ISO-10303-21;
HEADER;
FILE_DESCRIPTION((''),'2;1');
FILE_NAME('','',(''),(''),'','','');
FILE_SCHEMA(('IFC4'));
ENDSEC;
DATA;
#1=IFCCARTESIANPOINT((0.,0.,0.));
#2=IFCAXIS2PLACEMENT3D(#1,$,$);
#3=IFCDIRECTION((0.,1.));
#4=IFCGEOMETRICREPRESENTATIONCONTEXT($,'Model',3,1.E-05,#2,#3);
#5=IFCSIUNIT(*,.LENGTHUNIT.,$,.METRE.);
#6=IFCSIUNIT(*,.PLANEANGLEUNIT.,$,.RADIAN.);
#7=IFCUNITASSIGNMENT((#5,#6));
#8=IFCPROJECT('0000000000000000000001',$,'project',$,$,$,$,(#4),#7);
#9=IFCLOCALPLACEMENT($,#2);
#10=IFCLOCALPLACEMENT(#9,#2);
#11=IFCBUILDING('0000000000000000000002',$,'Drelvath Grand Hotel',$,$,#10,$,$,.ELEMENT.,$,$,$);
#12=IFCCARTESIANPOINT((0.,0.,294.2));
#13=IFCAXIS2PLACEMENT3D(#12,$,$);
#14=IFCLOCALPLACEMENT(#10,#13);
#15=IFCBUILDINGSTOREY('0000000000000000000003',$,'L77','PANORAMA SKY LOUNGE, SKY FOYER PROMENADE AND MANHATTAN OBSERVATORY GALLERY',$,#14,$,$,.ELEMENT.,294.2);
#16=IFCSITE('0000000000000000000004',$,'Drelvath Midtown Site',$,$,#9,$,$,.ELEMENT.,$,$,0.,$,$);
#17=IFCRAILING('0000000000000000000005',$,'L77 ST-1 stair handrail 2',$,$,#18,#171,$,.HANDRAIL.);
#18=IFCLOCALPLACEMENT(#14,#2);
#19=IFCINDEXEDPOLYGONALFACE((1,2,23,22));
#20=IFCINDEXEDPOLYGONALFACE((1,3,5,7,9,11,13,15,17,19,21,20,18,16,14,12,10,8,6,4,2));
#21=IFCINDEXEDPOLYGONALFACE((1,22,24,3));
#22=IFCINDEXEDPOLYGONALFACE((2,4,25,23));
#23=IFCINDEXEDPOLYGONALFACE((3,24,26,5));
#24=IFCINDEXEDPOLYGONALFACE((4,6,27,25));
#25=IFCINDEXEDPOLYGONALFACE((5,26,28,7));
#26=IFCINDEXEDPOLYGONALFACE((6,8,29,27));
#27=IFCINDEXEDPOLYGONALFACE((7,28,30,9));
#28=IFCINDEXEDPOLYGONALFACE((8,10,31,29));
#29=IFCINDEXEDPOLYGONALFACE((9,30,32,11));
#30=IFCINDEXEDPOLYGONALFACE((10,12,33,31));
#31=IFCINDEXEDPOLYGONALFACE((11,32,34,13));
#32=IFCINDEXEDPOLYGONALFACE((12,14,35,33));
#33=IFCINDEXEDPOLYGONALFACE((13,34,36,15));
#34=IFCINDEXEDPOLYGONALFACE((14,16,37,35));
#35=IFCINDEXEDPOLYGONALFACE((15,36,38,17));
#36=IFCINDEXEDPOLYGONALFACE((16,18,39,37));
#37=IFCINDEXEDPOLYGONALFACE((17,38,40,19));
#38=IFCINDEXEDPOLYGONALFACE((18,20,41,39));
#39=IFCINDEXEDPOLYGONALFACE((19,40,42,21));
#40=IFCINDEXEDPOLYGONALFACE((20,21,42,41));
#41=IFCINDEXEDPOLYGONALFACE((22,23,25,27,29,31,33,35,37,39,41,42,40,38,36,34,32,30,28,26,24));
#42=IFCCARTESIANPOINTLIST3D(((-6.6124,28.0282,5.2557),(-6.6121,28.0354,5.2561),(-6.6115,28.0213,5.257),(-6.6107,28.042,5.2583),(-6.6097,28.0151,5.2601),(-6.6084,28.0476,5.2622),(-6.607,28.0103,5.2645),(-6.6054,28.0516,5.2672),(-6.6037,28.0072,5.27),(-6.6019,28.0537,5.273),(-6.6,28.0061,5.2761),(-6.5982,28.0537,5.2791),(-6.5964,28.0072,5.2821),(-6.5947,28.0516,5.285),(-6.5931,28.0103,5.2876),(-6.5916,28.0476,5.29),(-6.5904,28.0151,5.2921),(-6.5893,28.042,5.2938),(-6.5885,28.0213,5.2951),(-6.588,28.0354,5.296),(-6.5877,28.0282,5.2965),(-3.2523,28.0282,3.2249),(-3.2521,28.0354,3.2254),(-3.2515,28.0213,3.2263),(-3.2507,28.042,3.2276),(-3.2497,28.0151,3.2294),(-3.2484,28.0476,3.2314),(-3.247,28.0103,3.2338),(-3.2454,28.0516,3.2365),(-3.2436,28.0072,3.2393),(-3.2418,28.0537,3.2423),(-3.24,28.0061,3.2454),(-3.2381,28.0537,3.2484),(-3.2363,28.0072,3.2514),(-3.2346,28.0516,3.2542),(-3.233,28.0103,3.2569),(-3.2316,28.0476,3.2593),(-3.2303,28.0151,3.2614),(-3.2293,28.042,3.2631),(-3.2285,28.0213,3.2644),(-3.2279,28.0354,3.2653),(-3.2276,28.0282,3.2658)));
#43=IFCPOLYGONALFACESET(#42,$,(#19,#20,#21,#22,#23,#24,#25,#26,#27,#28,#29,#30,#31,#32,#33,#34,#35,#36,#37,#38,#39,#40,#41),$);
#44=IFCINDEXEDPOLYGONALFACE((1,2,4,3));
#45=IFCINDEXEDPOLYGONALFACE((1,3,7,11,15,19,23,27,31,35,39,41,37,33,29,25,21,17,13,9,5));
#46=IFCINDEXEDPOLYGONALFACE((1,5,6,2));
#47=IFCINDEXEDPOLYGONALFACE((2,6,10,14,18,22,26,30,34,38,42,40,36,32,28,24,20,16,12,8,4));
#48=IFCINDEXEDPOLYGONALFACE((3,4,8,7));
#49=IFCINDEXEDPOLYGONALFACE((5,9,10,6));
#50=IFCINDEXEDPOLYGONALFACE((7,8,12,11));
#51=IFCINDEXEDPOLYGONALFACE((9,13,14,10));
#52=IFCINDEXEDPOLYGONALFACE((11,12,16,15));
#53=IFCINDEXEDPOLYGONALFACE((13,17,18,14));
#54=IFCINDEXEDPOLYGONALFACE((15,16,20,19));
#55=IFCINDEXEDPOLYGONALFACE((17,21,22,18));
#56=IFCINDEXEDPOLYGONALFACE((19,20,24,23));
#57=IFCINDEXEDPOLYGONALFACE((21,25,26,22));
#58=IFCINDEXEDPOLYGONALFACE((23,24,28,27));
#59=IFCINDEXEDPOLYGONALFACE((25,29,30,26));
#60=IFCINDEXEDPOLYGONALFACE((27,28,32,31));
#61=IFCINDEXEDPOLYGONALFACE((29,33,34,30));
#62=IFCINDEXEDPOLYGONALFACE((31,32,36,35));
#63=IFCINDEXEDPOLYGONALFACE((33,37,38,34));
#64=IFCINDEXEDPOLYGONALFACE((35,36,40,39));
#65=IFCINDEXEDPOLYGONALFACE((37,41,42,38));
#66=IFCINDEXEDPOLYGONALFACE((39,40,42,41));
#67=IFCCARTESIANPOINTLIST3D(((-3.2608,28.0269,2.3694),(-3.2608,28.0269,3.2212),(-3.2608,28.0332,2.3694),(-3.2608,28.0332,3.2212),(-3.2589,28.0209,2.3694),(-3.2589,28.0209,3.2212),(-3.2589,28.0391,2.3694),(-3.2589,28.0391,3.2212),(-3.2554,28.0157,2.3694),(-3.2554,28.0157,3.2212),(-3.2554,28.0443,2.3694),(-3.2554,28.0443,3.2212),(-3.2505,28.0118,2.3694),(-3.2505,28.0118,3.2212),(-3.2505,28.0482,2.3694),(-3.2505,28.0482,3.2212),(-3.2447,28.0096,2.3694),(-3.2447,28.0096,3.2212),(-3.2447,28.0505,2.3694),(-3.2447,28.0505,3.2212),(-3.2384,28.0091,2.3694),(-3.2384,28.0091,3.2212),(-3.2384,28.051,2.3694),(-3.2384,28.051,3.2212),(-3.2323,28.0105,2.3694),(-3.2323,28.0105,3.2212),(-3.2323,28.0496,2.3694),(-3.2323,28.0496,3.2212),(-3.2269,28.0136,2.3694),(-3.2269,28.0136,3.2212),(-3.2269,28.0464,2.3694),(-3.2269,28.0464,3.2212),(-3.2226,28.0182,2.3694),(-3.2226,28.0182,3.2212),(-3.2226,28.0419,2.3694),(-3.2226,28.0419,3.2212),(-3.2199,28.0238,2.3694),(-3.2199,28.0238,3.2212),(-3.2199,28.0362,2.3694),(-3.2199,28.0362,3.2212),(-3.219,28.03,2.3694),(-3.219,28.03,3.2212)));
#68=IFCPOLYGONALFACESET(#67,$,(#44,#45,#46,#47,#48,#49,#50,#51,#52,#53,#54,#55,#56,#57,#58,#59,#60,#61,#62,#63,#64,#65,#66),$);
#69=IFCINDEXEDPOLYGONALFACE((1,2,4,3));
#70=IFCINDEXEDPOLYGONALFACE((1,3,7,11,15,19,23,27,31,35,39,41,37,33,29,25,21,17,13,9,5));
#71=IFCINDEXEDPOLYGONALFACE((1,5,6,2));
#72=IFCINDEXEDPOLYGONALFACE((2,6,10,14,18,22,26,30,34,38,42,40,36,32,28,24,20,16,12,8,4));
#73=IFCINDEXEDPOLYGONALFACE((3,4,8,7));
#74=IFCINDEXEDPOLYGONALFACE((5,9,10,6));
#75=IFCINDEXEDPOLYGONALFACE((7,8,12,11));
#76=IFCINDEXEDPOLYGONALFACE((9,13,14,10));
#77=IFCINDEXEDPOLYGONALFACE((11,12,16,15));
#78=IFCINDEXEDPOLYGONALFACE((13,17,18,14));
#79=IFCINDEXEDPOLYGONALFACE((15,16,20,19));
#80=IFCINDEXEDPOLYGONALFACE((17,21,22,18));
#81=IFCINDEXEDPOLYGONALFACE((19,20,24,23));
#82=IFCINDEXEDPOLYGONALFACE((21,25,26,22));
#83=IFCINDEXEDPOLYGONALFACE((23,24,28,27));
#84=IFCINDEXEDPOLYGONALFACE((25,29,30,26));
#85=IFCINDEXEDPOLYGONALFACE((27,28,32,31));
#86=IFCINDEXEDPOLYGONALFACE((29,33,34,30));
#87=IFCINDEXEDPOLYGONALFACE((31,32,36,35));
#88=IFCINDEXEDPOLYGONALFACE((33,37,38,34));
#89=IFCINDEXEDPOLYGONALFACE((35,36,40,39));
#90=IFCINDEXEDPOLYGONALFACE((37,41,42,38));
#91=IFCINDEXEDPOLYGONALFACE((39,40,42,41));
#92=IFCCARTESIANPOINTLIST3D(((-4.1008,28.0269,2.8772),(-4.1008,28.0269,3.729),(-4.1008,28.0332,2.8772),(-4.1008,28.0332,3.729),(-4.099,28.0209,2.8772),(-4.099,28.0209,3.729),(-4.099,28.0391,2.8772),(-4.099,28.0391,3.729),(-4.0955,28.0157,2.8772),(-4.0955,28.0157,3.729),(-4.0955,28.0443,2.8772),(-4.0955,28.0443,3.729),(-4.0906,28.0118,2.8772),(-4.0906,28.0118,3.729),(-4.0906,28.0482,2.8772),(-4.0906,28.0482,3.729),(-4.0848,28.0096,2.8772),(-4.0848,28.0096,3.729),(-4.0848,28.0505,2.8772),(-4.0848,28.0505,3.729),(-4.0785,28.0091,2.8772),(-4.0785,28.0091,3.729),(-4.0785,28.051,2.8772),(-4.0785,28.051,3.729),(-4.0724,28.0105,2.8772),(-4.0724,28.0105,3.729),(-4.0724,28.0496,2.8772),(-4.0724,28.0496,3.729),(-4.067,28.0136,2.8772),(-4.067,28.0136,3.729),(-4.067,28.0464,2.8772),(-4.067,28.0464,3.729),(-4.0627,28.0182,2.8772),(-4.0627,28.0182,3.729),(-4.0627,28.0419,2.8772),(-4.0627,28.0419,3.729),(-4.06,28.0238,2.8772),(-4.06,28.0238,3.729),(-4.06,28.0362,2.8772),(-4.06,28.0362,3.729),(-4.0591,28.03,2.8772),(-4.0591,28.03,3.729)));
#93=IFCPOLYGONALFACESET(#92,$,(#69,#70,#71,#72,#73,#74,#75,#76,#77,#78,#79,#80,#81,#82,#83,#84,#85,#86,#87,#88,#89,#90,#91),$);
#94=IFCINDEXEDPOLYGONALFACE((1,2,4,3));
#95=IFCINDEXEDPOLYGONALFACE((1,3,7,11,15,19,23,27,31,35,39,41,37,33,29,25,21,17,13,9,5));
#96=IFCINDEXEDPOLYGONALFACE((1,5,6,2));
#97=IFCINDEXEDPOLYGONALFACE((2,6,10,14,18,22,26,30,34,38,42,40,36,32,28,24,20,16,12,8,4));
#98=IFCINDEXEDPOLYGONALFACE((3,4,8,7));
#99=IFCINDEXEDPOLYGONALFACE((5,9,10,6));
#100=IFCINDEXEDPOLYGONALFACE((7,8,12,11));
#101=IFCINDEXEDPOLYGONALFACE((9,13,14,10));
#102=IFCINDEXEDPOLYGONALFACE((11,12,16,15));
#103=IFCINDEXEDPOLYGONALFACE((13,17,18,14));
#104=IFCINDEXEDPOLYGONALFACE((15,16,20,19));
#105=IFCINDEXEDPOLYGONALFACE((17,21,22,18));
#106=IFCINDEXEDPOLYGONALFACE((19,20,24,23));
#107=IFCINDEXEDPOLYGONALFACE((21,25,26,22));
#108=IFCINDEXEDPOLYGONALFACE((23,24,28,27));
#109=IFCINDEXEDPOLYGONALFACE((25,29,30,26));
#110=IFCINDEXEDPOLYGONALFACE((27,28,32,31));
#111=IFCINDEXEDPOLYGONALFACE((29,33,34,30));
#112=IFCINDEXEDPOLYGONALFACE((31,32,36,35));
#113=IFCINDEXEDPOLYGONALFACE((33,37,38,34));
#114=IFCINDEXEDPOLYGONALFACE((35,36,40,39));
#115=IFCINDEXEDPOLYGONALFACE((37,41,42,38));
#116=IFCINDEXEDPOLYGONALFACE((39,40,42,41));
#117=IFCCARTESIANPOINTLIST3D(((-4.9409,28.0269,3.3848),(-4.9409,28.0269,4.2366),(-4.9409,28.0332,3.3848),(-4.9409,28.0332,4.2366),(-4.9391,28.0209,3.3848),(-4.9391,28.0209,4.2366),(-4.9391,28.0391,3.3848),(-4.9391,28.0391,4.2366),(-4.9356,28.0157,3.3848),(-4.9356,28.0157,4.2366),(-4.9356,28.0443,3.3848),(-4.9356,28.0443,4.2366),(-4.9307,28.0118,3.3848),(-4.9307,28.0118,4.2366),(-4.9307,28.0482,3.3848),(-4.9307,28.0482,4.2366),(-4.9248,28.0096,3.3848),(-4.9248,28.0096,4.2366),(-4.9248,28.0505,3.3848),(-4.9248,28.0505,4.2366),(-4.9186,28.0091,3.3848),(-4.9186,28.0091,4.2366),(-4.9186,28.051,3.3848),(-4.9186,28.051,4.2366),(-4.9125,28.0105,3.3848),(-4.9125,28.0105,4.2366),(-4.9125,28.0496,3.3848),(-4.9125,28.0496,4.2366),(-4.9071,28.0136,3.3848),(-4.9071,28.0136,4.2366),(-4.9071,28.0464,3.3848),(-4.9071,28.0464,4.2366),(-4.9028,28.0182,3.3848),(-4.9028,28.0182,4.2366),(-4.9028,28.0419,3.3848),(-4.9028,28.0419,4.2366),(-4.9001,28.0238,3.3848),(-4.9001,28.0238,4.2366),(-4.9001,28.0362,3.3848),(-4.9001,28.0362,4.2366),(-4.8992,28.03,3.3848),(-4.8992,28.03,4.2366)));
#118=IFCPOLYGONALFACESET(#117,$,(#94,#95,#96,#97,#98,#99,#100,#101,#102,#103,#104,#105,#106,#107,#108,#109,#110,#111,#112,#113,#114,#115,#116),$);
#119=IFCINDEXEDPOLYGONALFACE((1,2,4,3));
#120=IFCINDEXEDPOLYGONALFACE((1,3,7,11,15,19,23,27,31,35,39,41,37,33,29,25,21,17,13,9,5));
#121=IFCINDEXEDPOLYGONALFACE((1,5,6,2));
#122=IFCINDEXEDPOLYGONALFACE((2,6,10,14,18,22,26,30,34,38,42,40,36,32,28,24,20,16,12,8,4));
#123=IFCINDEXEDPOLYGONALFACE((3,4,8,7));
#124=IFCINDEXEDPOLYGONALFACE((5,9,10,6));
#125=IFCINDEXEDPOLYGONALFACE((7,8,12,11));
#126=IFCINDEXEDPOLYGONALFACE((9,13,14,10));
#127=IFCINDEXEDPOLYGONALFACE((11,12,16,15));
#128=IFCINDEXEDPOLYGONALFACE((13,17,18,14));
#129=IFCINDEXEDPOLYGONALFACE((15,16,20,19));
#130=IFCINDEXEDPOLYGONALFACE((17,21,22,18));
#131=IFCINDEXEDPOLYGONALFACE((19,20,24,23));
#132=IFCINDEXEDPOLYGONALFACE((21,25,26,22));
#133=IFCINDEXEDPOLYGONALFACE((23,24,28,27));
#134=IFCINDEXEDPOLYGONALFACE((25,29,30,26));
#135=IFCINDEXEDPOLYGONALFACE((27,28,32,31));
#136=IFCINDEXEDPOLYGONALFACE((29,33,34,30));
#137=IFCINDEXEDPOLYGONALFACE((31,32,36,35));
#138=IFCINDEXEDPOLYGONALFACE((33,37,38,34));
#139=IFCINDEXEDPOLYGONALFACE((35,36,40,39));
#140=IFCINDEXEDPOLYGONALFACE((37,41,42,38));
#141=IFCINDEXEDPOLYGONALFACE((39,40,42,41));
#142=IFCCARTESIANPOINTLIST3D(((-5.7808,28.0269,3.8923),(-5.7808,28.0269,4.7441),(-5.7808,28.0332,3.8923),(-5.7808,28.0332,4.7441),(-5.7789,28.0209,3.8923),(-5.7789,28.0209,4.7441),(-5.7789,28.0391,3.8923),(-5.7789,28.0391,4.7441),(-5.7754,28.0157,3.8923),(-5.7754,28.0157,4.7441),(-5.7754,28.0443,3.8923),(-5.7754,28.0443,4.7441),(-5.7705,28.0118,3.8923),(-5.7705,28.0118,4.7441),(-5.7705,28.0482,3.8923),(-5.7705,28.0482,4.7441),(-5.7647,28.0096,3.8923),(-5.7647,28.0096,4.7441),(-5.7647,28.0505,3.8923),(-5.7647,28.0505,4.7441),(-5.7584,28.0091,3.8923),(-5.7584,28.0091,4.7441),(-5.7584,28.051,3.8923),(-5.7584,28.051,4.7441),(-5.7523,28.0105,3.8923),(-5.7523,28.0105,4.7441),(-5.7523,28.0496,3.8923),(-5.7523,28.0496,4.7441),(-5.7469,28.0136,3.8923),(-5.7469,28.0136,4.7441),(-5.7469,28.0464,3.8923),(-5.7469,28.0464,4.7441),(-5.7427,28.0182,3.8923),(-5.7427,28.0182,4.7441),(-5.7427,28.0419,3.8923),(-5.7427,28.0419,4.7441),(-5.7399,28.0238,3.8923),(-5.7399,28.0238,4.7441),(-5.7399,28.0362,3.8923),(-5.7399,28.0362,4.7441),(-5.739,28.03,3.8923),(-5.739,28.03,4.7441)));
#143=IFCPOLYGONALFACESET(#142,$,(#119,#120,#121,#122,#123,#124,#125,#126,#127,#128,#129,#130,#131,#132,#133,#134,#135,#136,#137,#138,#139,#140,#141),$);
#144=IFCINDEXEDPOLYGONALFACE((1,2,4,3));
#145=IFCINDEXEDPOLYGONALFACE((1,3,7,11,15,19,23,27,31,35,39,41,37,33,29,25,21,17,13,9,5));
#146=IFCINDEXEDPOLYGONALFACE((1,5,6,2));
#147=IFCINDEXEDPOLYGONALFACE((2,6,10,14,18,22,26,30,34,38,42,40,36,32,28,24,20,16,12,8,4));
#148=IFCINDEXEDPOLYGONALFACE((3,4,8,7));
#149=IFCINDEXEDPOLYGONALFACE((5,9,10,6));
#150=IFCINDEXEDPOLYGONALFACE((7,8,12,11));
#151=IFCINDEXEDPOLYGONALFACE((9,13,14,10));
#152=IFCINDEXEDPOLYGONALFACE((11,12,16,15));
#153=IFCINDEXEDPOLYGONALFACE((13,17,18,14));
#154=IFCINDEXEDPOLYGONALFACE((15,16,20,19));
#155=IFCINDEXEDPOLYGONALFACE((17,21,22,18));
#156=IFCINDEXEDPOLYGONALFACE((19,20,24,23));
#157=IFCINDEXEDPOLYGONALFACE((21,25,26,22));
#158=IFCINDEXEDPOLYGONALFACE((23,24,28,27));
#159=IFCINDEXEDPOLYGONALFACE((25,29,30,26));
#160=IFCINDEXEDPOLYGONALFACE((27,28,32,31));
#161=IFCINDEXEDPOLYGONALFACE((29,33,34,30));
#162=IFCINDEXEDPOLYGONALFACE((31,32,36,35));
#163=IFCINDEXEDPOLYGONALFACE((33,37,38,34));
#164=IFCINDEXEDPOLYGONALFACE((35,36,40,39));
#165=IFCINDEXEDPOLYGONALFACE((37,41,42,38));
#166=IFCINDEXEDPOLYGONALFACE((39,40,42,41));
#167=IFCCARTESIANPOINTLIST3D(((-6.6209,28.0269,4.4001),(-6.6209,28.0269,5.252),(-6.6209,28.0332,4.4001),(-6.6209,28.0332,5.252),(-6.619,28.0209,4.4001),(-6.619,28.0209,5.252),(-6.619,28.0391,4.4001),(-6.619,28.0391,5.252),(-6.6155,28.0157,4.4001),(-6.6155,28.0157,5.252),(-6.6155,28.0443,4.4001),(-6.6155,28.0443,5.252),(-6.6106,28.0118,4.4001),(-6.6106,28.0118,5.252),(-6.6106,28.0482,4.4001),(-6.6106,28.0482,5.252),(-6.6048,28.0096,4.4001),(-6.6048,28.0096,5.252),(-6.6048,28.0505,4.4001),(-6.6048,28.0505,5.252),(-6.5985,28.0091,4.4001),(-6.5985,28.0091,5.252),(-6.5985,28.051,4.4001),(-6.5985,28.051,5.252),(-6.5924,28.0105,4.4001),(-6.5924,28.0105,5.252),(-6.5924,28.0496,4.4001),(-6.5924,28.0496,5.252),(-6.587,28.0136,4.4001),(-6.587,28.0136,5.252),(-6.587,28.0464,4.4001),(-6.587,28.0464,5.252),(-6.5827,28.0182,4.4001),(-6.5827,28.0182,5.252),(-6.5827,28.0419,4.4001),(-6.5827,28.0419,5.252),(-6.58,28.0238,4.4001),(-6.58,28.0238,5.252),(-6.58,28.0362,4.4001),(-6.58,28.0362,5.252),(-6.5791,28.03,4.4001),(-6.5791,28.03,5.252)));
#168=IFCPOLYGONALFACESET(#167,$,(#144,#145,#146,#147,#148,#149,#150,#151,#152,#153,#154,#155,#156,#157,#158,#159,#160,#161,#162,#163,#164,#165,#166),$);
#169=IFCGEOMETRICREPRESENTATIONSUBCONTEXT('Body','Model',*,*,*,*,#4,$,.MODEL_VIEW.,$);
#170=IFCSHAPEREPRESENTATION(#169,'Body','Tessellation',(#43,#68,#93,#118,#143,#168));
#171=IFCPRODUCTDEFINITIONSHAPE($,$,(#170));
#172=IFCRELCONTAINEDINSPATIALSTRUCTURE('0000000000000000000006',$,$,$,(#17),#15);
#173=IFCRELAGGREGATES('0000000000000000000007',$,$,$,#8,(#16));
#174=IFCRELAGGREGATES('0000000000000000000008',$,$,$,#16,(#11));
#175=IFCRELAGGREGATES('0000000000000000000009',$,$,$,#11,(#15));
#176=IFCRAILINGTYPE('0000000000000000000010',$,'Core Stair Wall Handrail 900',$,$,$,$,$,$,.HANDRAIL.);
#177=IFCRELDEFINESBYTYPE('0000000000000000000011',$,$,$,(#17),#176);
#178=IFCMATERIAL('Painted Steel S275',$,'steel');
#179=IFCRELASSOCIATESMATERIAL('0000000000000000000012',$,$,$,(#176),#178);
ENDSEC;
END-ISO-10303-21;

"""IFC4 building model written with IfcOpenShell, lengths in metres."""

from ifc_helpers import new_model, si_unit, direction, frame, origin, origin_2d, place, context, subcontext, project, spatial, circle, extrude, material, type_object, element, save


model = new_model("IFC4")

# Units and contexts
model_context = context("Model", 3, precision=1e-05, world=origin(), true_north=direction((0.0, 1.0)))
body_context = subcontext(model_context, "Body", "Model", "MODEL_VIEW")
ifc_project = project(units=[si_unit("LENGTHUNIT", "METRE"), si_unit("PLANEANGLEUNIT", "RADIAN")], contexts=[model_context])

# Site, building, storey
site_placement = place(None, origin())
site = spatial("IfcSite", under=ifc_project, at=site_placement, Name="Drelvath Midtown Site", CompositionType="ELEMENT", RefElevation=0.0)
building_placement = place(site_placement, origin())
building = spatial("IfcBuilding", under=site, at=building_placement, Name="Drelvath Grand Hotel", CompositionType="ELEMENT")
storey_placement = place(building_placement, frame((0.0, 0.0, 294.2)))
storey = spatial("IfcBuildingStorey", under=building, at=storey_placement, Name="L77", Description="PANORAMA SKY LOUNGE, SKY FOYER PROMENADE AND MANHATTAN OBSERVATORY GALLERY", CompositionType="ELEMENT", Elevation=294.2)

# Shared definitions
ifc_material_1 = material(Name="Painted Steel S275", Category="steel")

# Railing
railing_type = type_object("IfcRailingType", Name="Core Stair Wall Handrail 900", PredefinedType="HANDRAIL", material=ifc_material_1)
railing_placement = place(storey_placement, frame((-3.24, 28.03, 2.3694)))
element("IfcRailing", 1, at=railing_placement, inside=storey, type_object=railing_type, Name="L77 ST-1 stair handrail 2", PredefinedType="HANDRAIL", context=body_context, shape_type="SweptSolid", body=[
    extrude(circle(Radius=0.0239, at=origin_2d()), frame((0.0, 0.0, 0.876), z_axis=(-0.855837, 0.0, 0.517246), x_axis=(0.0, -1.0, 0.0)), (0.0, 0.0, 1.0), 3.926),
    extrude(circle(Radius=0.021, at=origin_2d()), origin(), (0.0, 0.0, 1.0), 0.8518),
    extrude(circle(Radius=0.021, at=origin_2d()), frame((-0.8401, 0.0, 0.5078)), (0.0, 0.0, 1.0), 0.8518),
    extrude(circle(Radius=0.021, at=origin_2d()), frame((-1.6802, 0.0, 1.0154)), (0.0, 0.0, 1.0), 0.8518),
    extrude(circle(Radius=0.021, at=origin_2d()), frame((-2.52, 0.0, 1.5229)), (0.0, 0.0, 1.0), 0.8518),
    extrude(circle(Radius=0.021, at=origin_2d()), frame((-3.3601, 0.0, 2.0308)), (0.0, 0.0, 1.0), 0.8518),
])

save(model, "model.ifc")
